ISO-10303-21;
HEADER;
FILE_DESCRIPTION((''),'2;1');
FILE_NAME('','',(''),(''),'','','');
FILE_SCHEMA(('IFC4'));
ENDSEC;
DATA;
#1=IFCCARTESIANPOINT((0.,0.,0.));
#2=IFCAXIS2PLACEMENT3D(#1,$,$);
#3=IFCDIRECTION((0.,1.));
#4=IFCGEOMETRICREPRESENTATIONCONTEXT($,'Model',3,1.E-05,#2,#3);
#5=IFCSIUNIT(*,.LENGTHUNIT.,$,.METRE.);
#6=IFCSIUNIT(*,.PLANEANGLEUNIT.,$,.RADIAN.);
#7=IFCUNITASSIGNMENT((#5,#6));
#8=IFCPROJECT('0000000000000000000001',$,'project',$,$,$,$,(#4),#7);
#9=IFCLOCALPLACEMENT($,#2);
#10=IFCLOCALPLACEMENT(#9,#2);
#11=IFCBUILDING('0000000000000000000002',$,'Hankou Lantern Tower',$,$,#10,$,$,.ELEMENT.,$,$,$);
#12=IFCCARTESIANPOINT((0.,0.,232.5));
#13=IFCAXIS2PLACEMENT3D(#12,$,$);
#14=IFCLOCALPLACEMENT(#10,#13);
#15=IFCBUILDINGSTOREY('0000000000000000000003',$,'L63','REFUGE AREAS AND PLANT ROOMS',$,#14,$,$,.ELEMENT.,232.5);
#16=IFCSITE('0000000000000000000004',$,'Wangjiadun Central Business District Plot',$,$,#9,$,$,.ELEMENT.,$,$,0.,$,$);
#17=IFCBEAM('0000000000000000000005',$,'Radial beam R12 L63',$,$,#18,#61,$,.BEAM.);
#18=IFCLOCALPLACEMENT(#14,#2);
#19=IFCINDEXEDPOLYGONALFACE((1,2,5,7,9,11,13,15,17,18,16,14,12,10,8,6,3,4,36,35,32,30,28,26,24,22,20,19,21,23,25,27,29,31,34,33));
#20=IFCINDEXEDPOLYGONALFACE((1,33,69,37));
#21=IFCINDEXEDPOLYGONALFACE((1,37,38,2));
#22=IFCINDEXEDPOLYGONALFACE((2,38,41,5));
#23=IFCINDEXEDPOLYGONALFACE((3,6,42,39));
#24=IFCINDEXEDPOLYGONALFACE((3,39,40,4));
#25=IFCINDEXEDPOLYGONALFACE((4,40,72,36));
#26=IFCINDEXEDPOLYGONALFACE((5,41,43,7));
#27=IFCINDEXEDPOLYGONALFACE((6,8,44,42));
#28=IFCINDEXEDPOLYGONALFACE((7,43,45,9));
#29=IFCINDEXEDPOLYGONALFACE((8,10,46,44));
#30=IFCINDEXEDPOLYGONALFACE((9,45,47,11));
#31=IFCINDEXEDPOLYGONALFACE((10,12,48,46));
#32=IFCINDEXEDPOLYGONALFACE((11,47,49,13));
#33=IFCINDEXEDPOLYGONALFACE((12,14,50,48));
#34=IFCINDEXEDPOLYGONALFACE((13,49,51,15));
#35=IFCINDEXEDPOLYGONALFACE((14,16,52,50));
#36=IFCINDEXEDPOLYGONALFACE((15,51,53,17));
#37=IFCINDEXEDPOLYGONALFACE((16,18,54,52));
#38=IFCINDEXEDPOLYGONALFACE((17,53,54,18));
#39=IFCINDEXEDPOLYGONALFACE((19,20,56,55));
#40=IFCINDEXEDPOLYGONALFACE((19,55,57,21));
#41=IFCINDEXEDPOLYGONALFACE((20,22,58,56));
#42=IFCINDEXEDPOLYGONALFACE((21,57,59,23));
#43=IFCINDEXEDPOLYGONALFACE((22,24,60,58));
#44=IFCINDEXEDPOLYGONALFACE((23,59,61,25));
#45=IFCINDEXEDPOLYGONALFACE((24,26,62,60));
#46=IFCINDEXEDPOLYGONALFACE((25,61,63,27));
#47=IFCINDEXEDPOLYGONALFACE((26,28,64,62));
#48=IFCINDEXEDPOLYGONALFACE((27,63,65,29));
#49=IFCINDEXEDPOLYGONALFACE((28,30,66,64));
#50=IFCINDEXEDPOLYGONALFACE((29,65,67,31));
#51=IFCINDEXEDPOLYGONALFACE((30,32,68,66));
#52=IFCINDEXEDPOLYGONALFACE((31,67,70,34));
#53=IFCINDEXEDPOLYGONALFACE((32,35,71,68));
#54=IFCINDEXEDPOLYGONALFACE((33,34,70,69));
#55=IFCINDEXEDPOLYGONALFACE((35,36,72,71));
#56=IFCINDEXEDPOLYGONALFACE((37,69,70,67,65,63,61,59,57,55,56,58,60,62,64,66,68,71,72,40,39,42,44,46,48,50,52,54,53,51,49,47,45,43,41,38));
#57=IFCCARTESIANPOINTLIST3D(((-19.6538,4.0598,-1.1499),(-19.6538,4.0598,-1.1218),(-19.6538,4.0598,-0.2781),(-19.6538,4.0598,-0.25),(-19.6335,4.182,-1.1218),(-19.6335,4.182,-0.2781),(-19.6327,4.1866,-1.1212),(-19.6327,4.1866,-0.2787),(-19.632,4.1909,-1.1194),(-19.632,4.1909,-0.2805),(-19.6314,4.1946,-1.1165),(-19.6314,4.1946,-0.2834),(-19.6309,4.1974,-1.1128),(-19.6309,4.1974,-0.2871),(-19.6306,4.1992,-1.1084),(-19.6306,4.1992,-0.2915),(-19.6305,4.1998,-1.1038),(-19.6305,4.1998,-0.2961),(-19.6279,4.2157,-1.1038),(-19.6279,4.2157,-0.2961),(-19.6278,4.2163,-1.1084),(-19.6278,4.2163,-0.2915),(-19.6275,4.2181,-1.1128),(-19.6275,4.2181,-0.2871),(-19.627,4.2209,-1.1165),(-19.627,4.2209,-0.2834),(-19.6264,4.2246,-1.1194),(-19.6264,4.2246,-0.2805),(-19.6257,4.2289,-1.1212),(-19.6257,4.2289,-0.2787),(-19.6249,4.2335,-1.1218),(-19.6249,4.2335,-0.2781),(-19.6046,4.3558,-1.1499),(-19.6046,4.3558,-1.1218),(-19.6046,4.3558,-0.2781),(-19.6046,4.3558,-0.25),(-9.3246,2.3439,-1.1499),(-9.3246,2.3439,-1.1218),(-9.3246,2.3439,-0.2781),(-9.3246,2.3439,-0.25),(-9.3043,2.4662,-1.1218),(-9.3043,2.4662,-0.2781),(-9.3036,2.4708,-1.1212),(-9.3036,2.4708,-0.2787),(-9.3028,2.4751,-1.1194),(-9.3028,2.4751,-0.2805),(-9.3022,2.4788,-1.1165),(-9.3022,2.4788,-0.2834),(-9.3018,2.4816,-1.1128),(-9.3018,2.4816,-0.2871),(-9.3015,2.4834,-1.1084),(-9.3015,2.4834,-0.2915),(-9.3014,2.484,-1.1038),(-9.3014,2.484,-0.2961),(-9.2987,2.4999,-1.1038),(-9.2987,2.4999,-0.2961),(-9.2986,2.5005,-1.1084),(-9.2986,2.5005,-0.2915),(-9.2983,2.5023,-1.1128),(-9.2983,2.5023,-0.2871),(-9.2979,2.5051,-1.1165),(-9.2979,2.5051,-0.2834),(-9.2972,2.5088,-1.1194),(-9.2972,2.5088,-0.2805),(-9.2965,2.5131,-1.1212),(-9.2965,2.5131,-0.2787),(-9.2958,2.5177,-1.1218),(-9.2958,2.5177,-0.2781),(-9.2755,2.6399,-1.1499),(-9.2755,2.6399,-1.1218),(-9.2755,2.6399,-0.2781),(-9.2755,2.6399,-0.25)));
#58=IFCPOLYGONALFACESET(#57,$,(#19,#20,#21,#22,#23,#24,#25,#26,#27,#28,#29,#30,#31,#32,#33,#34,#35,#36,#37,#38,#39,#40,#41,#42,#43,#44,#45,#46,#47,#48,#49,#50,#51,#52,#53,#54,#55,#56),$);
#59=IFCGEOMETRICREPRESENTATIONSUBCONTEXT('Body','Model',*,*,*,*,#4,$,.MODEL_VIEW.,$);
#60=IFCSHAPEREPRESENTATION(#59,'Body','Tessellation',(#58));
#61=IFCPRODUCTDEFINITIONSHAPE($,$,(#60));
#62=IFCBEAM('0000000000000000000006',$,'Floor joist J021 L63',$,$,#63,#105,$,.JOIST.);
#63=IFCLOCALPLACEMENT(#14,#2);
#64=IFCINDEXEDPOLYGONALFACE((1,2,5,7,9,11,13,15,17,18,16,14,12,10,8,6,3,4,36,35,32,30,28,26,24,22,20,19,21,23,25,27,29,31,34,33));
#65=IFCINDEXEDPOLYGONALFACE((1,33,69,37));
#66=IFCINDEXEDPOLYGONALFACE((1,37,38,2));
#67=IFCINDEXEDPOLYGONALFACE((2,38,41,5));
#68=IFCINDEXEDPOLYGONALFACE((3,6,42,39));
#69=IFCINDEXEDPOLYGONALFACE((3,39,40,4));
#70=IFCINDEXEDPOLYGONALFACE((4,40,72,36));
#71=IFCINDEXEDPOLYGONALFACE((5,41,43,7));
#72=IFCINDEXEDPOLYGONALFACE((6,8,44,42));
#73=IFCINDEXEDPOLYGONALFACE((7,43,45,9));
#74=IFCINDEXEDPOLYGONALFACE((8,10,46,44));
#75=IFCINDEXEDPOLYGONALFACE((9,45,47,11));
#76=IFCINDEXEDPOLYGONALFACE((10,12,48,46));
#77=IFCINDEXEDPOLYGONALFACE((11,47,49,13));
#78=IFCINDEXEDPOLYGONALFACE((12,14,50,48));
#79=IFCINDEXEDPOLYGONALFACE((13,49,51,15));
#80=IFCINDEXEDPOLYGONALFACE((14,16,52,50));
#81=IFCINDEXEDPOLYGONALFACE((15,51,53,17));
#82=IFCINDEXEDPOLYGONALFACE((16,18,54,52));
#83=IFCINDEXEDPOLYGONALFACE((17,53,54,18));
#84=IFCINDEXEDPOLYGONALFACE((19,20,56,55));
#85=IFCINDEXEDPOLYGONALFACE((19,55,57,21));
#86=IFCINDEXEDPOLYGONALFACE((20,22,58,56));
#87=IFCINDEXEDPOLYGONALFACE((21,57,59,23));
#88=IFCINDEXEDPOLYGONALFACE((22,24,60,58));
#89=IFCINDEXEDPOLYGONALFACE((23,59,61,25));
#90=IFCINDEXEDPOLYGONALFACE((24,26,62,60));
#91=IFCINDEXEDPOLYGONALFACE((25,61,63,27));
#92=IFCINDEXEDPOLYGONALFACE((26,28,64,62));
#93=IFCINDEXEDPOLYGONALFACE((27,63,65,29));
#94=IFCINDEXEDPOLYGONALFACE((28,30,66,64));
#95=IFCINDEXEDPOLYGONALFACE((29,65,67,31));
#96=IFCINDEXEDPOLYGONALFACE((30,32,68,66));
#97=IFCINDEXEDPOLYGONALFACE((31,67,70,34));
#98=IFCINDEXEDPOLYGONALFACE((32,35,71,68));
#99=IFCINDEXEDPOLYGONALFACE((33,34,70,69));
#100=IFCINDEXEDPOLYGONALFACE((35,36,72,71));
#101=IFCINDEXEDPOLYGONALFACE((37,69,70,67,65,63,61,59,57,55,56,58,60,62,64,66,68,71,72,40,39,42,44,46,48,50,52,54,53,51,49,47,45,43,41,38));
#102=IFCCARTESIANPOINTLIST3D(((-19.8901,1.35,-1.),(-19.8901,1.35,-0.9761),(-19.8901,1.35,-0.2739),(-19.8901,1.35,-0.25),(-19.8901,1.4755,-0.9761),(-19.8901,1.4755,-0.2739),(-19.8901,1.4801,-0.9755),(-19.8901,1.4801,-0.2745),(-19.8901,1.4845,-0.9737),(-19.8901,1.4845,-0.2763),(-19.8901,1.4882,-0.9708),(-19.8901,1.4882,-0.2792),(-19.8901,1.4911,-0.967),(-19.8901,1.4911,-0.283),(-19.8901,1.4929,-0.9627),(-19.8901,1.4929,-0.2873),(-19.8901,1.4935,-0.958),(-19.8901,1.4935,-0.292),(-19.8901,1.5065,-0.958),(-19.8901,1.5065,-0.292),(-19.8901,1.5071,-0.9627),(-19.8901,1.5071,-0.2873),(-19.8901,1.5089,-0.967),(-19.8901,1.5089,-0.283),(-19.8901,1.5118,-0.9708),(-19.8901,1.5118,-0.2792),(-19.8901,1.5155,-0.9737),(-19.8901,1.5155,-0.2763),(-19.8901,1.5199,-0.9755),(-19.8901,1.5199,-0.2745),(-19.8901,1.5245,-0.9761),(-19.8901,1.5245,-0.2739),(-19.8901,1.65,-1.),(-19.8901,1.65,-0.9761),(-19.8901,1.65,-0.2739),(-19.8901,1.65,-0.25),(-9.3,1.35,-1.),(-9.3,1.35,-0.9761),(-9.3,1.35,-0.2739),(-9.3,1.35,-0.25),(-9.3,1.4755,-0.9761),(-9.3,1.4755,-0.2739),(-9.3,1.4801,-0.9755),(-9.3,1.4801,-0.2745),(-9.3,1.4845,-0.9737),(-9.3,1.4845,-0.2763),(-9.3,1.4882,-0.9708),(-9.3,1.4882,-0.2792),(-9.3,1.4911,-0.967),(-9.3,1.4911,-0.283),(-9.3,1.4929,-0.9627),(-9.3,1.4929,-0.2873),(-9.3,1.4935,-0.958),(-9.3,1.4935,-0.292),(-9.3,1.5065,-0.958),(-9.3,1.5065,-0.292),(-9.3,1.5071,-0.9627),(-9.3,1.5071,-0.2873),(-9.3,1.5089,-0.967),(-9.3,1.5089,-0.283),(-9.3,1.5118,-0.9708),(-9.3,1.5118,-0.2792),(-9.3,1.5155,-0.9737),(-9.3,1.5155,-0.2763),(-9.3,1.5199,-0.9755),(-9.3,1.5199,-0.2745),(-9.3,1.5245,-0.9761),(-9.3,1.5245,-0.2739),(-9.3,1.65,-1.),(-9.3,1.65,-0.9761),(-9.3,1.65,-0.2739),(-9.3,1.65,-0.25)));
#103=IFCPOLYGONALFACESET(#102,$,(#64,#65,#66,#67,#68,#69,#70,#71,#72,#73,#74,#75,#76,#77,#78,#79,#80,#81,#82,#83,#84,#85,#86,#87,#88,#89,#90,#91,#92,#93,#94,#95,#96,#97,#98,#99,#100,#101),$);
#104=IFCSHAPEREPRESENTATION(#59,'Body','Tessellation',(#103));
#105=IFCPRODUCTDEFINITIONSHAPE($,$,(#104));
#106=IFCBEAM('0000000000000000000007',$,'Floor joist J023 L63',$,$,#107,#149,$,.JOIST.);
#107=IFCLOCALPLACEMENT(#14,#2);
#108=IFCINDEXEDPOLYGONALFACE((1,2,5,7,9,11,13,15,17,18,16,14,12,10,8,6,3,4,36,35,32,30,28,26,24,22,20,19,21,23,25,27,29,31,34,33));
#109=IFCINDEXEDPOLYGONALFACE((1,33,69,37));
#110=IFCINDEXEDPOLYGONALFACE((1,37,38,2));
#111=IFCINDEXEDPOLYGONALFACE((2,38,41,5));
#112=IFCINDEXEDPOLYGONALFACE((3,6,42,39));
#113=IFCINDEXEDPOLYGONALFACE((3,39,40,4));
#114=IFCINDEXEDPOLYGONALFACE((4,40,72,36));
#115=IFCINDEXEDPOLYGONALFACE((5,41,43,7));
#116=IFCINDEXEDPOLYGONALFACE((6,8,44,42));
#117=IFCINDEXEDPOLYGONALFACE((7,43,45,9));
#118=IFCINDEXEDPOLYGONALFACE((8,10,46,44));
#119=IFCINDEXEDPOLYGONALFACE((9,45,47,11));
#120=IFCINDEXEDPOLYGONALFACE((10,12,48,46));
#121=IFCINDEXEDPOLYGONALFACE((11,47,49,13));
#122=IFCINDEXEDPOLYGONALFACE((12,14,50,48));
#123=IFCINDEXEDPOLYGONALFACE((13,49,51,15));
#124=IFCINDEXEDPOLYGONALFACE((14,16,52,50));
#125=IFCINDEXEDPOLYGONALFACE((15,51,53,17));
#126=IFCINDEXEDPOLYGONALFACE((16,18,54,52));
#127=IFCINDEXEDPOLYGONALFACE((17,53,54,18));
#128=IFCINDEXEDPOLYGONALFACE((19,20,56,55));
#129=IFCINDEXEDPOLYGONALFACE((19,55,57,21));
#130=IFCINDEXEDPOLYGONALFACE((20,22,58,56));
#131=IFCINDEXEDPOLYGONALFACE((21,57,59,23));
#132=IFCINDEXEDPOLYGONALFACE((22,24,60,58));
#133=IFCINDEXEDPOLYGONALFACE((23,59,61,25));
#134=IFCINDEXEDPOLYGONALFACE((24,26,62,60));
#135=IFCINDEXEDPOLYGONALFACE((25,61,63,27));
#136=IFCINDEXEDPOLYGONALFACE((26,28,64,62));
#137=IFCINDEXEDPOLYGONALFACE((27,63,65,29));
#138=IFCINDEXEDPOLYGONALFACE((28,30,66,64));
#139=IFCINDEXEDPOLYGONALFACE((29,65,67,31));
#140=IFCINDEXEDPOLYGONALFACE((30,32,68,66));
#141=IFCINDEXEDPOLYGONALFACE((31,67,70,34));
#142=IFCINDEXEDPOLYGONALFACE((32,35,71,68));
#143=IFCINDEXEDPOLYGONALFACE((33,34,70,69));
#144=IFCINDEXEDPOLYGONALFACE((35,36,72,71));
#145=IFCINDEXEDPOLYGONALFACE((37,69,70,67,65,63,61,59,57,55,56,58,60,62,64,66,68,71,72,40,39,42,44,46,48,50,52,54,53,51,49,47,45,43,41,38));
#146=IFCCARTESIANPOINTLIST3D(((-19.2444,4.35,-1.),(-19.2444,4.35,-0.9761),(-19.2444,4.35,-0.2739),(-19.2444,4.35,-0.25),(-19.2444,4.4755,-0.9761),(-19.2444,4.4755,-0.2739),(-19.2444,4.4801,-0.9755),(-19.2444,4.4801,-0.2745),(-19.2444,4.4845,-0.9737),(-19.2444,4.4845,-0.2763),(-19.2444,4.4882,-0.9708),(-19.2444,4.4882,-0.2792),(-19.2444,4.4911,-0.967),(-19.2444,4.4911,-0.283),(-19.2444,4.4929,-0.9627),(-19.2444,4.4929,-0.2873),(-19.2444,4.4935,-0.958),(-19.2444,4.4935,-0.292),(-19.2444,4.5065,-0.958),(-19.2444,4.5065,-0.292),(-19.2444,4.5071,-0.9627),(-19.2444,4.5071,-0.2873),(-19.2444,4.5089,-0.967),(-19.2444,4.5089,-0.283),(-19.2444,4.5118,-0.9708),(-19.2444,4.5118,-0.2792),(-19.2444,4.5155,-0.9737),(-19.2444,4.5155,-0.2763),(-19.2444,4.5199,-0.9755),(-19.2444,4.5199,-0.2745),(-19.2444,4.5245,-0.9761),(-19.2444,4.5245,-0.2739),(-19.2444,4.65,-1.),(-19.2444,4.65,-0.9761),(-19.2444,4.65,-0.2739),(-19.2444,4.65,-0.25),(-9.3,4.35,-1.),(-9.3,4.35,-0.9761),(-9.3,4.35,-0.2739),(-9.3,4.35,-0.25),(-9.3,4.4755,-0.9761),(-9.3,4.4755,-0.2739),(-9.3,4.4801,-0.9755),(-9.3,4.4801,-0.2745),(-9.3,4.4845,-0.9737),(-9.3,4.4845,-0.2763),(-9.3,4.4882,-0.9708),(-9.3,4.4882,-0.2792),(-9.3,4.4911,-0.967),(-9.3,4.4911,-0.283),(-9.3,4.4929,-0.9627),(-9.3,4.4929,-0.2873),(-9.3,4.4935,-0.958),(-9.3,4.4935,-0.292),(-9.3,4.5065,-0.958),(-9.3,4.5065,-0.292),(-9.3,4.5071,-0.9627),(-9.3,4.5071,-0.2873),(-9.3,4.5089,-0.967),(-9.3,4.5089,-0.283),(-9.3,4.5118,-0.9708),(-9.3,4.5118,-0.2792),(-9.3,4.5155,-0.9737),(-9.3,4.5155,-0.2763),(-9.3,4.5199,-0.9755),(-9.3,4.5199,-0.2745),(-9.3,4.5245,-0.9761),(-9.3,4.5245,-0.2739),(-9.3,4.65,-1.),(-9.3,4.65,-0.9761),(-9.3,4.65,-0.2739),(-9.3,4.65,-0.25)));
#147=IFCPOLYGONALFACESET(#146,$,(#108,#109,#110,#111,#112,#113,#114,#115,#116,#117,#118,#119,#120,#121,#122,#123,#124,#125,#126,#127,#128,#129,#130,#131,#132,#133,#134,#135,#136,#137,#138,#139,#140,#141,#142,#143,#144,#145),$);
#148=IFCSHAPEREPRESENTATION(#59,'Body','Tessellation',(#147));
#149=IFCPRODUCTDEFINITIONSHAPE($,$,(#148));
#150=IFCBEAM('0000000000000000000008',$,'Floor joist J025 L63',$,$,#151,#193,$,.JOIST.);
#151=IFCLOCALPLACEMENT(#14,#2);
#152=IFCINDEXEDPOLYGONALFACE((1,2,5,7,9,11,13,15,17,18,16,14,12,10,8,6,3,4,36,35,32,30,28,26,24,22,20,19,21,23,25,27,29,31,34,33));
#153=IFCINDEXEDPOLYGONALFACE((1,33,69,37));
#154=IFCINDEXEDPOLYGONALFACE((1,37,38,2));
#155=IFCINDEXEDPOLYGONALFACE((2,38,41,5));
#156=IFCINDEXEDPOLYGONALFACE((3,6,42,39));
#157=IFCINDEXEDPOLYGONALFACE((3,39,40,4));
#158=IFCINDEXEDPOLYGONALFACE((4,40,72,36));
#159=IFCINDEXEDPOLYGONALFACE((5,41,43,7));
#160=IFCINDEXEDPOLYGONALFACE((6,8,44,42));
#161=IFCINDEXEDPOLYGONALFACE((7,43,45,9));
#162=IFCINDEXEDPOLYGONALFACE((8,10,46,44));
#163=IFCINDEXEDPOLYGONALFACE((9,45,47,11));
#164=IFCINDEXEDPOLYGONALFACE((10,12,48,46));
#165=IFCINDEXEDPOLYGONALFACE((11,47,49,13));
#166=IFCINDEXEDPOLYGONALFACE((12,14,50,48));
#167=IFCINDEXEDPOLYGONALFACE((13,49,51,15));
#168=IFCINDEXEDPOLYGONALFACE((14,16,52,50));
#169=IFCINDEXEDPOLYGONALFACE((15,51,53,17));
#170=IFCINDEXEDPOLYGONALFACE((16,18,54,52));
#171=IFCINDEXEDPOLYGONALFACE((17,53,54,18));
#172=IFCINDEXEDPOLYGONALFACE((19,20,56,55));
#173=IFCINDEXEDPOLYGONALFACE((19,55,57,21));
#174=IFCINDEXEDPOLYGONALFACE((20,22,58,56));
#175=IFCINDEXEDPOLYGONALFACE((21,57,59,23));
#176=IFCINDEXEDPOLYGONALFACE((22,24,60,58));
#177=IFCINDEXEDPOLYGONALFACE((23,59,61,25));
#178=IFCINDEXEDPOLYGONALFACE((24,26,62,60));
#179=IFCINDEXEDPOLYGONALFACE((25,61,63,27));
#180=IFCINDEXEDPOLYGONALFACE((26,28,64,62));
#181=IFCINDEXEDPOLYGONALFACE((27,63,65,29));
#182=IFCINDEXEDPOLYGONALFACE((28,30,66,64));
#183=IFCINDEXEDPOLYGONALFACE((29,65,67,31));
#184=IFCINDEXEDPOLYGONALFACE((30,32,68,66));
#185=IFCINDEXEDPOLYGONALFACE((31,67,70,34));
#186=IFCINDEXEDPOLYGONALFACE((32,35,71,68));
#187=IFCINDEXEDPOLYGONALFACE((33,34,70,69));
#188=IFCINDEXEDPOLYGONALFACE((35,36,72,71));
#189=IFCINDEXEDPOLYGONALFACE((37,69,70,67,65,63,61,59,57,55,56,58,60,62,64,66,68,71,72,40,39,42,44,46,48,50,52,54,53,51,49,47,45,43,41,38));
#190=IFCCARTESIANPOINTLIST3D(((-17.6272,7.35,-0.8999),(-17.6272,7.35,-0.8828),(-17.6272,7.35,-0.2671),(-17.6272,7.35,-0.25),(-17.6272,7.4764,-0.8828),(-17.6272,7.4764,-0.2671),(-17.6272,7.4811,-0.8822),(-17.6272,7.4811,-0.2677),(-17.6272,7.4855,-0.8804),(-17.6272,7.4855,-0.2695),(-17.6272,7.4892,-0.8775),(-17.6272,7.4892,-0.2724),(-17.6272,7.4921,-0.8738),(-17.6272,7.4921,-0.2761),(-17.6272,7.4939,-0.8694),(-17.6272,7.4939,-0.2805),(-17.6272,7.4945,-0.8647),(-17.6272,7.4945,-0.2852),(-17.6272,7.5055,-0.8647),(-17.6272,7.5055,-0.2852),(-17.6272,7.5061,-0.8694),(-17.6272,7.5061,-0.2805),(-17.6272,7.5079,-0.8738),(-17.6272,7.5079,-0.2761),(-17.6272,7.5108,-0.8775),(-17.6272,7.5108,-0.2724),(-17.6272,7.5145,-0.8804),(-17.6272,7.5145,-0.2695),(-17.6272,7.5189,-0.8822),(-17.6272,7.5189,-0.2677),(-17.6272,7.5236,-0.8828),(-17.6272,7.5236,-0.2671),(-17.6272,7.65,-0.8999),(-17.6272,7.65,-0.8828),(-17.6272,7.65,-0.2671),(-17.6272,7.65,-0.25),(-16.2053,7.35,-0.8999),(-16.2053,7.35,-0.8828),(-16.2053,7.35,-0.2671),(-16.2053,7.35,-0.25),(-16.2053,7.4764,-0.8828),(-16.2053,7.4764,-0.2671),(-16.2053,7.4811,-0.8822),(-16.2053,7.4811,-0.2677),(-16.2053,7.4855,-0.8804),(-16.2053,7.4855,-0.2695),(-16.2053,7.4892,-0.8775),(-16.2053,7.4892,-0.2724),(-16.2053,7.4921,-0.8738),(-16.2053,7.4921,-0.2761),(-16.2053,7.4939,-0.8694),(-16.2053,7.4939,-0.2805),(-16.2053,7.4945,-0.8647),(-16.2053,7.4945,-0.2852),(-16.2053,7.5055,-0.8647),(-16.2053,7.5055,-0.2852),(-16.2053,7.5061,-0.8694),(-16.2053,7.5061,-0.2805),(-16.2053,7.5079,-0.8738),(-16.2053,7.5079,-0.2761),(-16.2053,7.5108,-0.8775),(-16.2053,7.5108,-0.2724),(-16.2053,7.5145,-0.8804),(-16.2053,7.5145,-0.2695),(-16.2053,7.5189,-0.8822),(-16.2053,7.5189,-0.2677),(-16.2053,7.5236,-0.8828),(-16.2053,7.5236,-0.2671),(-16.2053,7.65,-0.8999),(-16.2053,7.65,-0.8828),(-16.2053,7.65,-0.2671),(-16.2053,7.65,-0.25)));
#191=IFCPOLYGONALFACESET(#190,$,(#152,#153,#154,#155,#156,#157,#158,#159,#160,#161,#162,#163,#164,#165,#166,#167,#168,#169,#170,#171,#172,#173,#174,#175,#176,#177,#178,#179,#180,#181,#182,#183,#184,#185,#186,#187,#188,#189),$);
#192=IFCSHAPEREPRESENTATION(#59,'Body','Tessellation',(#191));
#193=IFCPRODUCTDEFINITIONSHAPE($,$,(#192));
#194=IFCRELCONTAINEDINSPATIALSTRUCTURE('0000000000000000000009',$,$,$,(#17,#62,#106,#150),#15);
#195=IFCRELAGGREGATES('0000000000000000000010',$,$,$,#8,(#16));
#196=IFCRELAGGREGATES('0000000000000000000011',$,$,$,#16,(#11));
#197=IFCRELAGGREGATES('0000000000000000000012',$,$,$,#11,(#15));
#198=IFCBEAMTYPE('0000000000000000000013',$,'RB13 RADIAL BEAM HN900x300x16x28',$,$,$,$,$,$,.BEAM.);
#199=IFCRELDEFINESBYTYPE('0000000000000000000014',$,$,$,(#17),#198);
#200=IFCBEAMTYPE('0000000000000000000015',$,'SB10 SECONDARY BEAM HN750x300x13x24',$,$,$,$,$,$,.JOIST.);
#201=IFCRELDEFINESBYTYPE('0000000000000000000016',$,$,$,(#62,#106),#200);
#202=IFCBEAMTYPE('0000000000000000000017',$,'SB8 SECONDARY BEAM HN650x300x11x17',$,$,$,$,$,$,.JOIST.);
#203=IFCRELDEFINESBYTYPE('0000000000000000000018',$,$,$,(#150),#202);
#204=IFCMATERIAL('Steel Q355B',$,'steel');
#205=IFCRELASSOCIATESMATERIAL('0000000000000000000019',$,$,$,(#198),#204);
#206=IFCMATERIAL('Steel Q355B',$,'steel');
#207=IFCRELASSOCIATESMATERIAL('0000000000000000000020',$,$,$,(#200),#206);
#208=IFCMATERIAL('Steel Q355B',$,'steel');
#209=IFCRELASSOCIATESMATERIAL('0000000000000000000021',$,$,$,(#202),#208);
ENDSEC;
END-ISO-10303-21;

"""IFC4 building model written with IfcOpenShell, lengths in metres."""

from ifc_helpers import new_model, si_unit, direction, frame, origin, origin_2d, place, context, subcontext, project, spatial, i_section, extrude, material, material_profile, profile_set, type_object, element, save


model = new_model("IFC4")

# Units and contexts
model_context = context("Model", 3, precision=1e-05, world=origin(), true_north=direction((0.0, 1.0)))
body_context = subcontext(model_context, "Body", "Model", "MODEL_VIEW")
ifc_project = project(units=[si_unit("LENGTHUNIT", "METRE"), si_unit("PLANEANGLEUNIT", "RADIAN")], contexts=[model_context])

# Site, building, storey
site_placement = place(None, origin())
site = spatial("IfcSite", under=ifc_project, at=site_placement, Name="Wangjiadun Central Business District Plot", CompositionType="ELEMENT", RefElevation=0.0)
building_placement = place(site_placement, origin())
building = spatial("IfcBuilding", under=site, at=building_placement, Name="Hankou Lantern Tower", CompositionType="ELEMENT")
storey_placement = place(building_placement, frame((0.0, 0.0, 232.5)))
storey = spatial("IfcBuildingStorey", under=building, at=storey_placement, Name="L63", Description="REFUGE AREAS AND PLANT ROOMS", CompositionType="ELEMENT", Elevation=232.5)

# Beams
ifc_material_1 = material(Name="Steel Q355B", Category="steel")
ifc_material_profile_1 = material_profile(ifc_material_1, i_section(OverallWidth=0.3, OverallDepth=0.8999, WebThickness=0.0161, FlangeThickness=0.0281, FilletRadius=0.0181, at=origin_2d()), Name="HN900x300x16x28")
ifc_profile_set_1 = profile_set([ifc_material_profile_1], Name="Steel Q355B")
beam_type_1 = type_object("IfcBeamType", Name="RB13 RADIAL BEAM HN900x300x16x28", PredefinedType="BEAM", material=ifc_profile_set_1)
beam_1_placement = place(storey_placement, frame((-9.3, 2.4919, -0.7), z_axis=(-0.986482, 0.16387, 0.0), x_axis=(-0.16387, -0.986482, 0.0)))
element("IfcBeam", 1, at=beam_1_placement, inside=storey, type_object=beam_type_1, Name="Radial beam R12 L63", PredefinedType="BEAM", context=body_context, shape_type="SweptSolid", body=[
    extrude(i_section(OverallWidth=0.3, OverallDepth=0.8999, WebThickness=0.0161, FlangeThickness=0.0281, FilletRadius=0.0181, at=origin_2d()), origin(), (0.0, 0.0, 1.0), 10.4707),
])
ifc_material_2 = material(Name="Steel Q355B", Category="steel")
ifc_material_profile_2 = material_profile(ifc_material_2, i_section(OverallWidth=0.3, OverallDepth=0.75, WebThickness=0.0129, FlangeThickness=0.0239, FilletRadius=0.0181, at=origin_2d()), Name="HN750x300x13x24")
ifc_profile_set_2 = profile_set([ifc_material_profile_2], Name="Steel Q355B")
beam_type_2 = type_object("IfcBeamType", Name="SB10 SECONDARY BEAM HN750x300x13x24", PredefinedType="JOIST", material=ifc_profile_set_2)
beam_2_placement = place(storey_placement, frame((-19.8901, 1.5, -0.625), z_axis=(1.0, 0.0, 0.0), x_axis=(0.0, 1.0, 0.0)))
element("IfcBeam", 2, at=beam_2_placement, inside=storey, type_object=beam_type_2, Name="Floor joist J021 L63", PredefinedType="JOIST", context=body_context, shape_type="SweptSolid", body=[
    extrude(i_section(OverallWidth=0.3, OverallDepth=0.75, WebThickness=0.0129, FlangeThickness=0.0239, FilletRadius=0.0181, at=origin_2d()), origin(), (0.0, 0.0, 1.0), 10.5901),
])
beam_3_placement = place(storey_placement, frame((-19.2444, 4.5, -0.625), z_axis=(1.0, 0.0, 0.0), x_axis=(0.0, 1.0, 0.0)))
element("IfcBeam", 3, at=beam_3_placement, inside=storey, type_object=beam_type_2, Name="Floor joist J023 L63", PredefinedType="JOIST", context=body_context, shape_type="SweptSolid", body=[
    extrude(i_section(OverallWidth=0.3, OverallDepth=0.75, WebThickness=0.0129, FlangeThickness=0.0239, FilletRadius=0.0181, at=origin_2d()), origin(), (0.0, 0.0, 1.0), 9.9443),
])
ifc_material_3 = material(Name="Steel Q355B", Category="steel")
ifc_material_profile_3 = material_profile(ifc_material_3, i_section(OverallWidth=0.3, OverallDepth=0.6499, WebThickness=0.011, FlangeThickness=0.0171, FilletRadius=0.0181, at=origin_2d()), Name="HN650x300x11x17")
ifc_profile_set_3 = profile_set([ifc_material_profile_3], Name="Steel Q355B")
beam_type_3 = type_object("IfcBeamType", Name="SB8 SECONDARY BEAM HN650x300x11x17", PredefinedType="JOIST", material=ifc_profile_set_3)
beam_4_placement = place(storey_placement, frame((-17.6272, 7.5, -0.575), z_axis=(1.0, 0.0, 0.0), x_axis=(0.0, 1.0, 0.0)))
element("IfcBeam", 4, at=beam_4_placement, inside=storey, type_object=beam_type_3, Name="Floor joist J025 L63", PredefinedType="JOIST", context=body_context, shape_type="SweptSolid", body=[
    extrude(i_section(OverallWidth=0.3, OverallDepth=0.6499, WebThickness=0.011, FlangeThickness=0.0171, FilletRadius=0.0181, at=origin_2d()), origin(), (0.0, 0.0, 1.0), 1.4219),
])

save(model, "model.ifc")
